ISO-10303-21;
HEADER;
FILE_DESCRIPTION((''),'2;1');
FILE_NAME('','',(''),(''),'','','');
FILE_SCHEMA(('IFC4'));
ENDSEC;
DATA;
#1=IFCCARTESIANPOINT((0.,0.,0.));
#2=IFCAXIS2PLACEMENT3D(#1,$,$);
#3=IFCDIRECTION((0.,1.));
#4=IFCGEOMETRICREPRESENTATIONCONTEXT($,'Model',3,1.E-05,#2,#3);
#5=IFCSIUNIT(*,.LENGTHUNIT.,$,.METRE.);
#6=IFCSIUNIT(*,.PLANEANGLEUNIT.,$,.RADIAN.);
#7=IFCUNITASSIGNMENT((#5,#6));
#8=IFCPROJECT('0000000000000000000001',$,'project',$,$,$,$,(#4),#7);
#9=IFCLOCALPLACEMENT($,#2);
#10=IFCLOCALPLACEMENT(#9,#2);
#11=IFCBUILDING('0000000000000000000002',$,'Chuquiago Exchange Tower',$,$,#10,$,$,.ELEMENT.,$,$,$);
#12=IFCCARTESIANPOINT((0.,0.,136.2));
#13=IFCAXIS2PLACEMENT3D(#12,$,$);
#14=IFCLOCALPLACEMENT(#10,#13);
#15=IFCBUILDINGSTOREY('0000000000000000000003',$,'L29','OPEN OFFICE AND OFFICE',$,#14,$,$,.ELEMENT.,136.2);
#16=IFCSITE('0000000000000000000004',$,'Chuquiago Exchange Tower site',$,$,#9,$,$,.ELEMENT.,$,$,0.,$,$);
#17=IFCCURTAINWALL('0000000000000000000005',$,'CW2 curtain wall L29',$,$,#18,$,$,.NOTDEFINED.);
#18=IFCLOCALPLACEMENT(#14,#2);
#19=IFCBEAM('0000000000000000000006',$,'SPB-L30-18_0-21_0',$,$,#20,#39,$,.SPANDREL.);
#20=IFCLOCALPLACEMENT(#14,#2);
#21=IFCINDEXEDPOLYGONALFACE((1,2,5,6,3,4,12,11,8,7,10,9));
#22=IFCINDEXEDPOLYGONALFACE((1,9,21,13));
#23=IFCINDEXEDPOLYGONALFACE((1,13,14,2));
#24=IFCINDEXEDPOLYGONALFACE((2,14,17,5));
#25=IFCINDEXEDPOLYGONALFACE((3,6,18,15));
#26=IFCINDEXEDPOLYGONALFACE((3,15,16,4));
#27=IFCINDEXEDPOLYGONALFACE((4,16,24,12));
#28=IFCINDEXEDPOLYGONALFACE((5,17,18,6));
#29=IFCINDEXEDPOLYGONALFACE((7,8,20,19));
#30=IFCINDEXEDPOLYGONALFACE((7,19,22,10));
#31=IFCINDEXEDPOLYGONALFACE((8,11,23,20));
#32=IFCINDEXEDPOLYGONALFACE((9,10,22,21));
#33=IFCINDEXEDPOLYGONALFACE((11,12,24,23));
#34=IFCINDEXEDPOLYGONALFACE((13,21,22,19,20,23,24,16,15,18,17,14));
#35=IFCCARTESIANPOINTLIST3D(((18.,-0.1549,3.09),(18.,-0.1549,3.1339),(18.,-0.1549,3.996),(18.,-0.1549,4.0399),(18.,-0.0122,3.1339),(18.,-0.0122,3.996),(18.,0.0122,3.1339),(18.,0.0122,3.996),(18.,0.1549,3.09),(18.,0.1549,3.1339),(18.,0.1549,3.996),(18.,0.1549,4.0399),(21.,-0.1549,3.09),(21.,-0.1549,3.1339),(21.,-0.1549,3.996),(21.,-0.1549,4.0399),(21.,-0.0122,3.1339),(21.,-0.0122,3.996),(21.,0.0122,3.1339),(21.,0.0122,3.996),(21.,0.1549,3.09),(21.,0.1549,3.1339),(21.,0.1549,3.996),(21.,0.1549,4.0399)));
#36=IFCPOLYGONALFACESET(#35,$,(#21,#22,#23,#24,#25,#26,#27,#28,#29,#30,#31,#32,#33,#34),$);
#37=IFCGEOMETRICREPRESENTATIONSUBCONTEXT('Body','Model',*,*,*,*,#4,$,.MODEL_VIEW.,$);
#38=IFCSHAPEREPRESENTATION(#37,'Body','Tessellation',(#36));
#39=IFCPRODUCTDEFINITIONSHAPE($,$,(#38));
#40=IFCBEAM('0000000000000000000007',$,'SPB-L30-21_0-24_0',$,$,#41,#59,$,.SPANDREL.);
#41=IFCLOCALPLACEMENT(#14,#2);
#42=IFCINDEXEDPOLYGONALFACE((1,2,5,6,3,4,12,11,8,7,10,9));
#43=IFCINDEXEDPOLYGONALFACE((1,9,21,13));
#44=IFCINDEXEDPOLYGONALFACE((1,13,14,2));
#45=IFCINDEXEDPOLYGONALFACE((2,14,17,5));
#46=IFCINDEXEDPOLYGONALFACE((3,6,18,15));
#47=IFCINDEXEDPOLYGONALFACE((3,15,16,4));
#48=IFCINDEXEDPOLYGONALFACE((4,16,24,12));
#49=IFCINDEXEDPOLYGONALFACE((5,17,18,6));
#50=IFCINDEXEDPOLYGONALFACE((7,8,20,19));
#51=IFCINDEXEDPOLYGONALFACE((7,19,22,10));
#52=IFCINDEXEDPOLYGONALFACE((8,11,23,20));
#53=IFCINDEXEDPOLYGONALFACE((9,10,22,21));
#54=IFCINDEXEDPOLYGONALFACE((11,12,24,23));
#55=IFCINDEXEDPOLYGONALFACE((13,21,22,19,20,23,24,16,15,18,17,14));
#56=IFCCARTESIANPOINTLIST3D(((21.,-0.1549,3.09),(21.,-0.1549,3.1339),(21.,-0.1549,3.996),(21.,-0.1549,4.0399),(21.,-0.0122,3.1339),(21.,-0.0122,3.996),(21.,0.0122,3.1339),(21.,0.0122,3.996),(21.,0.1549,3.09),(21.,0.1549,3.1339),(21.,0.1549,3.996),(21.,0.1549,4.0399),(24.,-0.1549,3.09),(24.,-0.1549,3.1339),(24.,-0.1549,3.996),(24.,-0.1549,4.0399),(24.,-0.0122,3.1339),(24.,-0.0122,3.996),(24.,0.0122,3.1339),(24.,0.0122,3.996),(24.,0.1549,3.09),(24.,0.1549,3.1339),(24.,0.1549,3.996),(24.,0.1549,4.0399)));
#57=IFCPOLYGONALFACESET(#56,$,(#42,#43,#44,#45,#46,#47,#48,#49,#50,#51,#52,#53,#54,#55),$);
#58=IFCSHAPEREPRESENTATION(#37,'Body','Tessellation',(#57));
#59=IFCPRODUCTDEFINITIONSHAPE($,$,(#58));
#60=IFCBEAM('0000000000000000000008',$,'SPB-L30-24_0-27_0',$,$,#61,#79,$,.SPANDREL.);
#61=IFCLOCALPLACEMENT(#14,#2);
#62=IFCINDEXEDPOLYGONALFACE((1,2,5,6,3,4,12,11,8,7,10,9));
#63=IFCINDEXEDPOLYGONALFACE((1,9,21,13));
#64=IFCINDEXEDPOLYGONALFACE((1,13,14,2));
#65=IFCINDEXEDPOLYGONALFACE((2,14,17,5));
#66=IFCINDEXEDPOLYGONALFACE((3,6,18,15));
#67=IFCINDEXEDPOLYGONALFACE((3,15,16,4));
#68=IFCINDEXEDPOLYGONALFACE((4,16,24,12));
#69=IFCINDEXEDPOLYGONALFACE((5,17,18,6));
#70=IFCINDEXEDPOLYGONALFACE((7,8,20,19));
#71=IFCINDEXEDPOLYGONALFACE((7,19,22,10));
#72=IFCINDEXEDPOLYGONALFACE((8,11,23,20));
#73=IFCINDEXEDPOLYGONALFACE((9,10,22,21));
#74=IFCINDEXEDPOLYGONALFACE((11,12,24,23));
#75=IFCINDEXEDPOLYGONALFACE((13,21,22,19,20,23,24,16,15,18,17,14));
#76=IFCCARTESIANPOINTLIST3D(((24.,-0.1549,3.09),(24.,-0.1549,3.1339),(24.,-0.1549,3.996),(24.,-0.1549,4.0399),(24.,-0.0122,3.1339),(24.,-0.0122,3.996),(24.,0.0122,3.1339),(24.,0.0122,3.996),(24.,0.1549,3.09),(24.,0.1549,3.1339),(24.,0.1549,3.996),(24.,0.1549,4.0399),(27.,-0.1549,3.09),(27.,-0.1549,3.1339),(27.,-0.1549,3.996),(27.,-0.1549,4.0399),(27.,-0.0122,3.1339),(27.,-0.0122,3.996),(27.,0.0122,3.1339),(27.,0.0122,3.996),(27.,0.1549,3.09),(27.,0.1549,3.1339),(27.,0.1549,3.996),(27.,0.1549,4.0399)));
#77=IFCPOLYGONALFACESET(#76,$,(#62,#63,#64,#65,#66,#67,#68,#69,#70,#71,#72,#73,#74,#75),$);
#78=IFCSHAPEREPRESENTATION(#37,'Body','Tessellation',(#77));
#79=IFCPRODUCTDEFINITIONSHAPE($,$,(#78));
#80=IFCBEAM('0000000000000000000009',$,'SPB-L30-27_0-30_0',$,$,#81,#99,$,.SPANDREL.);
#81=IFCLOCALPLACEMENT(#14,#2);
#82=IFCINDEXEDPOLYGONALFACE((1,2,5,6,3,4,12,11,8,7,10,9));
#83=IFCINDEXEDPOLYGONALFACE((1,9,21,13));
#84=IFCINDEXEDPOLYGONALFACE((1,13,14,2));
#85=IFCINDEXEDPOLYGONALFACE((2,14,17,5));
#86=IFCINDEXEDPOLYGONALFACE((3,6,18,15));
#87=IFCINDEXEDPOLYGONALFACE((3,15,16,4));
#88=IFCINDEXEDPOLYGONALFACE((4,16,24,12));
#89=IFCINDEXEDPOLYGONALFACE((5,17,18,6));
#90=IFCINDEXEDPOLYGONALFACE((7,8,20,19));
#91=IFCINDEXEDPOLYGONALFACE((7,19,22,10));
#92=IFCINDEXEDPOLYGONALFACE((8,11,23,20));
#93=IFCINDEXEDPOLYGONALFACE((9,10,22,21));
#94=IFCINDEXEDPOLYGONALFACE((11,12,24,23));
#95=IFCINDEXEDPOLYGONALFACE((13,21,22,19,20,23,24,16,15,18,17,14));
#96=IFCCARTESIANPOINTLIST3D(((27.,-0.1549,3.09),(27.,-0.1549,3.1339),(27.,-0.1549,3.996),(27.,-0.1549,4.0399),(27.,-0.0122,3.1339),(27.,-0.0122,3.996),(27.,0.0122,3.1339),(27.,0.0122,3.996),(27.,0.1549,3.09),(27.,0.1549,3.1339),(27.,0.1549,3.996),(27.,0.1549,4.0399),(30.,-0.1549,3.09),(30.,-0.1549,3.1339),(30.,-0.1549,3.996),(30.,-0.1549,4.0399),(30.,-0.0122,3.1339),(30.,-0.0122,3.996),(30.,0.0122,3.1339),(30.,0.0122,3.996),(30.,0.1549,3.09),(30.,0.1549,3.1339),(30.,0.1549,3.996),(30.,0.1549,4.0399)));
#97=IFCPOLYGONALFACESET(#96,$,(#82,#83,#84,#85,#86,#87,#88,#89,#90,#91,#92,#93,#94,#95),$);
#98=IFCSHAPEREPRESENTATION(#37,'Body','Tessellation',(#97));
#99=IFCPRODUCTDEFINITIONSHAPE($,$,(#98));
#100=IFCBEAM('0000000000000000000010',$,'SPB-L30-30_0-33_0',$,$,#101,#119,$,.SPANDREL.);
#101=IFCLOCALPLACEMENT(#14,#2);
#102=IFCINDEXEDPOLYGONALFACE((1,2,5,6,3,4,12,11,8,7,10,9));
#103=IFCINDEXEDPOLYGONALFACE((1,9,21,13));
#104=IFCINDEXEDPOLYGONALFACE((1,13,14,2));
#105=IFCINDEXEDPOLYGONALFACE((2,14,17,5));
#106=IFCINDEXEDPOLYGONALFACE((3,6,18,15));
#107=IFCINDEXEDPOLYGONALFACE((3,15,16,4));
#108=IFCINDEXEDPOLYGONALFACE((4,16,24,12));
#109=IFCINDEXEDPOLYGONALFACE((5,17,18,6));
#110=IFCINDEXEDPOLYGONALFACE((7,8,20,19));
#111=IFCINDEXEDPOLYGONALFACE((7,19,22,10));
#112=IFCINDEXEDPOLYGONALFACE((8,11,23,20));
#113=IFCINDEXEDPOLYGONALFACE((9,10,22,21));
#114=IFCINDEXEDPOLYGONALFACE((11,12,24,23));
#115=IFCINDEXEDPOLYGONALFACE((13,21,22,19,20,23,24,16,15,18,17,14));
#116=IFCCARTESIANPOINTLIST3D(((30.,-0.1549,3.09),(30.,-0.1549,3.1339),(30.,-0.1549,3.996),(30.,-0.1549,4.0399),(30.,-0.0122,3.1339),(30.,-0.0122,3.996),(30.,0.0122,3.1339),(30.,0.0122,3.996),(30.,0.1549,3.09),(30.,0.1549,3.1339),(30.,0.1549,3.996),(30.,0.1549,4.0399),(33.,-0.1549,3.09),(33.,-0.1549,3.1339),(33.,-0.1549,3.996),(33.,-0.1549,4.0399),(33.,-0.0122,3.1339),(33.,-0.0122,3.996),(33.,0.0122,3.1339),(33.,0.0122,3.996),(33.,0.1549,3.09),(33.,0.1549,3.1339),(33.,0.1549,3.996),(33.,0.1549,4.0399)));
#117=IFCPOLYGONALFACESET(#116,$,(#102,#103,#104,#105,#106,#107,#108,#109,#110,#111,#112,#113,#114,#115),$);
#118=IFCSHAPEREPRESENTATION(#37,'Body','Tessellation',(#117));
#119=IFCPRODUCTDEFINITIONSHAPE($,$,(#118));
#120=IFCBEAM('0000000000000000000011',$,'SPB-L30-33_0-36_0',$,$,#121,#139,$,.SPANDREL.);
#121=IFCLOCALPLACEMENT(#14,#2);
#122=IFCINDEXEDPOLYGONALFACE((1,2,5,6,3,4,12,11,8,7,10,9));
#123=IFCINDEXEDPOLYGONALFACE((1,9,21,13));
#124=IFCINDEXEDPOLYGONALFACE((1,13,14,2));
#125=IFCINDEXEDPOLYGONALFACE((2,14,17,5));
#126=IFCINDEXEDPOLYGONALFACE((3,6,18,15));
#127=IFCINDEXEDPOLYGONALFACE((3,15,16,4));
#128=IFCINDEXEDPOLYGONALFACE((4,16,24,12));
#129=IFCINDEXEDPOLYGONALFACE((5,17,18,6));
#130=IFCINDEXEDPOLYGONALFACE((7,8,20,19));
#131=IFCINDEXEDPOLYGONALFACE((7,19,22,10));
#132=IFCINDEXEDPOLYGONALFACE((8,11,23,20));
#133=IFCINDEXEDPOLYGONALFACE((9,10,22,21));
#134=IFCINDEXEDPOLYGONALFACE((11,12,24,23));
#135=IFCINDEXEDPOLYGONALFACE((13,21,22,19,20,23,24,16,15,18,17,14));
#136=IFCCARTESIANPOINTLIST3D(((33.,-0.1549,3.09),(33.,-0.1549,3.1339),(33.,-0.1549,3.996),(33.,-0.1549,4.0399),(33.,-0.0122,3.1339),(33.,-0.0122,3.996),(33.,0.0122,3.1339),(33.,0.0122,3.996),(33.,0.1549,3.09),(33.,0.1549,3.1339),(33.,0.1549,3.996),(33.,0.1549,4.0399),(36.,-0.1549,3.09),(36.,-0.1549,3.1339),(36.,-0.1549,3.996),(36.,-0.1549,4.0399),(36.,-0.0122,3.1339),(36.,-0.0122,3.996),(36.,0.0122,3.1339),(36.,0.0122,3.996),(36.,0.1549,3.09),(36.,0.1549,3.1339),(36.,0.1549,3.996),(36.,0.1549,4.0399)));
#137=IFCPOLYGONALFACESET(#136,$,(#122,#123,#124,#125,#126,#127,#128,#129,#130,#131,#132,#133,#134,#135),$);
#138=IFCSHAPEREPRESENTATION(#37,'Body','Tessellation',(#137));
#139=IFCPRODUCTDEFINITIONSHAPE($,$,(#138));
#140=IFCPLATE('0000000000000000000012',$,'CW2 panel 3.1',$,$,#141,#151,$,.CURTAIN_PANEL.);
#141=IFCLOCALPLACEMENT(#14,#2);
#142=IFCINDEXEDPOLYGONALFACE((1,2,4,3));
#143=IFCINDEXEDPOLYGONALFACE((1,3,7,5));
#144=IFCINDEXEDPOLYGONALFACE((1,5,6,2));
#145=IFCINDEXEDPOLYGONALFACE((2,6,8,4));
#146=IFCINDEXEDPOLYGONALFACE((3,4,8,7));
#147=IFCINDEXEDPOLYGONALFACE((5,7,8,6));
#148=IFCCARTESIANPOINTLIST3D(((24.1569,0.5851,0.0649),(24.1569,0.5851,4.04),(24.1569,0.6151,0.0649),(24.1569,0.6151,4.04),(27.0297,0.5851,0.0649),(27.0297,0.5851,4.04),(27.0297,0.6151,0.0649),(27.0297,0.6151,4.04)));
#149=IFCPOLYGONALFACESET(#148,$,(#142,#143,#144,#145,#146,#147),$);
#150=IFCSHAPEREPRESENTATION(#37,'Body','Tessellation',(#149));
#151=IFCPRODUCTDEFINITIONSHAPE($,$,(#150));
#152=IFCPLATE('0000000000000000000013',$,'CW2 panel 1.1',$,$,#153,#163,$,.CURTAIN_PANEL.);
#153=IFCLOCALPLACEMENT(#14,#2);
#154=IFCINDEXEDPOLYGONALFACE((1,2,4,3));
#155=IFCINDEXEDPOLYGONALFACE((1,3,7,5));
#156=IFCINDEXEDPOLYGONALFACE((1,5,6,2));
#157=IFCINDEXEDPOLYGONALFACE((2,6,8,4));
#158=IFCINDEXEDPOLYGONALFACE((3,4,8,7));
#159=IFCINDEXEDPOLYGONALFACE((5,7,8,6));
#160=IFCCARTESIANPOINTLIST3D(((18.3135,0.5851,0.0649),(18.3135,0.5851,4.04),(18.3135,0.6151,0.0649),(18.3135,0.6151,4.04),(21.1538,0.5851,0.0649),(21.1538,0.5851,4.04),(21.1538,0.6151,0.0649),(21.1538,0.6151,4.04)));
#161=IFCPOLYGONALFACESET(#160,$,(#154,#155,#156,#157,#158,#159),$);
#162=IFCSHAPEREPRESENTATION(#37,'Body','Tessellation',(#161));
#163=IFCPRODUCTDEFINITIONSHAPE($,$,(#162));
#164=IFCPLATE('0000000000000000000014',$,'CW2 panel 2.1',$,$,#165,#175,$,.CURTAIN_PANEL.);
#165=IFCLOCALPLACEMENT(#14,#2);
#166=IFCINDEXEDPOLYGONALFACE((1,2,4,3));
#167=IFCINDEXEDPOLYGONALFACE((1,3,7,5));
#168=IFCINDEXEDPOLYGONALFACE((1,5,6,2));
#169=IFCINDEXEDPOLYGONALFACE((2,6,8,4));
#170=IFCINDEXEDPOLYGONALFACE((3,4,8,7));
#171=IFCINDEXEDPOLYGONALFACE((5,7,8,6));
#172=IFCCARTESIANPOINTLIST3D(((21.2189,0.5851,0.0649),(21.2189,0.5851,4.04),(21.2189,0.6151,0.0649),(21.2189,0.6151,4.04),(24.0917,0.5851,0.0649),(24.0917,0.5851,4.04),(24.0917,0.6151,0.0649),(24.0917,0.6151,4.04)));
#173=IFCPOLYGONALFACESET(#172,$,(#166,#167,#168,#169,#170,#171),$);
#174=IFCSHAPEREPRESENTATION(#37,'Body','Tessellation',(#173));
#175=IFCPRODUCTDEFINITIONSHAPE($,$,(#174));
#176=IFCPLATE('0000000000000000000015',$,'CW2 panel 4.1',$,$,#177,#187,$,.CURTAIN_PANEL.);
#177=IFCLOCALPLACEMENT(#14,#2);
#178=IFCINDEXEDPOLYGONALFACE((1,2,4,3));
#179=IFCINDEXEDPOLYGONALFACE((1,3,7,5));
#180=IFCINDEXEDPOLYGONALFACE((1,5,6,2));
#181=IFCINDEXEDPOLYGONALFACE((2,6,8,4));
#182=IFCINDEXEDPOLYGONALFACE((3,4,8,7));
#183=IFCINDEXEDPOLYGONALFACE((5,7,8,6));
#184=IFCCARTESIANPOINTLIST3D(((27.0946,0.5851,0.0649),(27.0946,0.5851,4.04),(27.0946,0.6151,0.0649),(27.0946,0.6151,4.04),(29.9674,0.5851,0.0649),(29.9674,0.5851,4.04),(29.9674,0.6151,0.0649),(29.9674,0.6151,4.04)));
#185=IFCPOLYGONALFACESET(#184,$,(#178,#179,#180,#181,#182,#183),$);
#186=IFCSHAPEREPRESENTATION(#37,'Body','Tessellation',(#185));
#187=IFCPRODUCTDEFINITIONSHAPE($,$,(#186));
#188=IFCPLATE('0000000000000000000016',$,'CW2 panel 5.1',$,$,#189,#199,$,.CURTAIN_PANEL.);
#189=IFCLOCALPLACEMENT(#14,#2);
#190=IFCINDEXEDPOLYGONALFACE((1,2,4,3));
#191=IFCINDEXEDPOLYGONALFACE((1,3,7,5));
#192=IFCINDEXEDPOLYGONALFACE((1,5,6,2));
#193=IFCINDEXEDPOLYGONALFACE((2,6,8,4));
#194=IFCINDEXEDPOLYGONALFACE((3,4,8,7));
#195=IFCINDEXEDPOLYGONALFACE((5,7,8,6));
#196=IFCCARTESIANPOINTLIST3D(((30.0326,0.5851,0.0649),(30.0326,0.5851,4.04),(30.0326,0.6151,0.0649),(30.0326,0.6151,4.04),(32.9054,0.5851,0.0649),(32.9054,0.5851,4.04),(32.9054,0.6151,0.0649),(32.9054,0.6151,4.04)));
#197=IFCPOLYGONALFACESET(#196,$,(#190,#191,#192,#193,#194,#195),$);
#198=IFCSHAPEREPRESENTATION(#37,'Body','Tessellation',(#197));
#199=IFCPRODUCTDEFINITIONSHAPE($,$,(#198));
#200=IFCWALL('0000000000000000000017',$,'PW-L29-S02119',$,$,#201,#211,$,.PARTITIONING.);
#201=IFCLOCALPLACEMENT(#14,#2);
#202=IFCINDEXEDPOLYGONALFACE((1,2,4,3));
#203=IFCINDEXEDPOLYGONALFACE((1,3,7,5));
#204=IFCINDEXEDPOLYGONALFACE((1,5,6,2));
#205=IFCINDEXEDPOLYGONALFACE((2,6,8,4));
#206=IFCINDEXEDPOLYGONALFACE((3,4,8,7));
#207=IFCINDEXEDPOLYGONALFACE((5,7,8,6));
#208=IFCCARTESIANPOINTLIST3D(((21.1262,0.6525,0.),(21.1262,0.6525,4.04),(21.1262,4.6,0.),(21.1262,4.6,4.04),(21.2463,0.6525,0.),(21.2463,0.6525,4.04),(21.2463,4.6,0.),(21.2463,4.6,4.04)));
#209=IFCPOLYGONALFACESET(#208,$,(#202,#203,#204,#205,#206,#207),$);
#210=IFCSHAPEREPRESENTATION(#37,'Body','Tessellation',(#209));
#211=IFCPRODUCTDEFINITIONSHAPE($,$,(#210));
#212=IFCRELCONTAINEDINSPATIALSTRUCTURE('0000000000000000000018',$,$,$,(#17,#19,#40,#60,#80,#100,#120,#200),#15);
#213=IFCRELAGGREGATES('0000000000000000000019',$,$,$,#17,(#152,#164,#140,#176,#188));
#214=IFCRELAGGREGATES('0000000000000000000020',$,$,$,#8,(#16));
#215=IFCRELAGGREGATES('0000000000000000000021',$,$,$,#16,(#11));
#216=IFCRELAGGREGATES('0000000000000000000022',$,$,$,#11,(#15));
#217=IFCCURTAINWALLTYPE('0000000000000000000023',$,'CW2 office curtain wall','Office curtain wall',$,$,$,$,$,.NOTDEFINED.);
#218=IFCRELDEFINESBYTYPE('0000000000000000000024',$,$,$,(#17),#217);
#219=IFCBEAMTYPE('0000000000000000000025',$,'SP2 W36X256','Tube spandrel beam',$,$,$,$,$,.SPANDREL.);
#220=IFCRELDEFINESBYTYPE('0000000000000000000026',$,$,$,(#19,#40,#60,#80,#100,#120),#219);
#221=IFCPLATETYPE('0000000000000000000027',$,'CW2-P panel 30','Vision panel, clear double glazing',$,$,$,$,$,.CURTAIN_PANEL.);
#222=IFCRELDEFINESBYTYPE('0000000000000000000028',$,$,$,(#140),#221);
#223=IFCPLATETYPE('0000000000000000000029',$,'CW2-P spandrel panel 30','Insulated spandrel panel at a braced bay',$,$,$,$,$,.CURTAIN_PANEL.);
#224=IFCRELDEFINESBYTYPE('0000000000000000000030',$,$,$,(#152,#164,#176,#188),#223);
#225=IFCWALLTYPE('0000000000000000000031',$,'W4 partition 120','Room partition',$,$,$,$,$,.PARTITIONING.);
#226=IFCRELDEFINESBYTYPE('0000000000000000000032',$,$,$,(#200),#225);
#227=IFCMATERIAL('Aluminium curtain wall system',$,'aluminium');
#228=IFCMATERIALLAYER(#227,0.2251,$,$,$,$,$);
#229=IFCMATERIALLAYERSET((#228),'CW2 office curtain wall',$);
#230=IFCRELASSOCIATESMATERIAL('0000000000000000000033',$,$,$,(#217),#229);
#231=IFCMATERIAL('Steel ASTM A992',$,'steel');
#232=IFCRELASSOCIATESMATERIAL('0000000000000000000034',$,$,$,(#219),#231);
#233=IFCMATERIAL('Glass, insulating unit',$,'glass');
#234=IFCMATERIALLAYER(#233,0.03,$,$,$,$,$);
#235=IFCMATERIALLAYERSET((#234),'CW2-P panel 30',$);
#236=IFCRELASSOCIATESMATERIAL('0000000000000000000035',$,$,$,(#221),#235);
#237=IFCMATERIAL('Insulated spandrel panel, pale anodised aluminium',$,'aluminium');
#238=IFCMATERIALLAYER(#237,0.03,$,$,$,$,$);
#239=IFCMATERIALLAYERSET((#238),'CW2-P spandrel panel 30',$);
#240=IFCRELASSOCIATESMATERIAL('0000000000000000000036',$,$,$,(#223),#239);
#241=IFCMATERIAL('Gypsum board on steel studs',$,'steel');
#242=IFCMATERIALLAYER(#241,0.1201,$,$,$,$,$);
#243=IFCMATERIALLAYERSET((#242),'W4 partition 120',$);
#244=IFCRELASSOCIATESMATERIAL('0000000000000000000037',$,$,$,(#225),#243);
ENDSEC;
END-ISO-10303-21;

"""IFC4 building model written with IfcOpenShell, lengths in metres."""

from ifc_helpers import new_model, si_unit, direction, frame, frame_2d, origin, origin_2d, place, context, subcontext, project, spatial, rectangle, i_section, extrude, material, layer, layer_set, material_profile, profile_set, type_object, element, aggregate, save


model = new_model("IFC4")

# Units and contexts
model_context = context("Model", 3, precision=1e-05, world=origin(), true_north=direction((0.0, 1.0)))
body_context = subcontext(model_context, "Body", "Model", "MODEL_VIEW")
ifc_project = project(units=[si_unit("LENGTHUNIT", "METRE"), si_unit("PLANEANGLEUNIT", "RADIAN")], contexts=[model_context])

# Site, building, storey
site_placement = place(None, origin())
site = spatial("IfcSite", under=ifc_project, at=site_placement, Name="Chuquiago Exchange Tower site", CompositionType="ELEMENT", RefElevation=0.0)
building_placement = place(site_placement, origin())
building = spatial("IfcBuilding", under=site, at=building_placement, Name="Chuquiago Exchange Tower", CompositionType="ELEMENT")
storey_placement = place(building_placement, frame((0.0, 0.0, 136.2)))
storey = spatial("IfcBuildingStorey", under=building, at=storey_placement, Name="L29", Description="OPEN OFFICE AND OFFICE", CompositionType="ELEMENT", Elevation=136.2)

# Curtain wall
ifc_material_1 = material(Name="Aluminium curtain wall system", Category="aluminium")
ifc_layer_1 = layer(ifc_material_1, 0.2251)
ifc_layer_set_1 = layer_set([ifc_layer_1], Name="CW2 office curtain wall")
curtain_wall_type_1 = type_object("IfcCurtainWallType", Name="CW2 office curtain wall", Description="Office curtain wall", PredefinedType="NOTDEFINED", material=ifc_layer_set_1)
curtain_wall_1_placement = place(storey_placement, origin())
curtain_wall_1 = element("IfcCurtainWall", 1, at=curtain_wall_1_placement, inside=storey, type_object=curtain_wall_type_1, Name="CW2 curtain wall L29", PredefinedType="NOTDEFINED")

# Beams
ifc_material_2 = material(Name="Steel ASTM A992", Category="steel")
ifc_material_profile_1 = material_profile(ifc_material_2, i_section(OverallWidth=0.3098, OverallDepth=0.95, WebThickness=0.0244, FlangeThickness=0.0439, at=origin_2d()), Name="W36X256")
ifc_profile_set_1 = profile_set([ifc_material_profile_1], Name="Steel ASTM A992")
beam_type = type_object("IfcBeamType", Name="SP2 W36X256", Description="Tube spandrel beam", PredefinedType="SPANDREL", material=ifc_profile_set_1)
for number, where, z_axis, x_axis, name in (
    (2, (18.0, 0.0, 3.5649), (1.0, 0.0, 0.0), (0.0, 1.0, 0.0), "SPB-L30-18_0-21_0"),
    (3, (21.0, 0.0, 3.5649), (1.0, 0.0, 0.0), (0.0, 1.0, 0.0), "SPB-L30-21_0-24_0"),
    (4, (24.0, 0.0, 3.5649), (1.0, 0.0, 0.0), (0.0, 1.0, 0.0), "SPB-L30-24_0-27_0"),
    (5, (27.0, 0.0, 3.5649), (1.0, 0.0, 0.0), (0.0, 1.0, 0.0), "SPB-L30-27_0-30_0"),
    (6, (30.0, 0.0, 3.5649), (1.0, 0.0, 0.0), (0.0, 1.0, 0.0), "SPB-L30-30_0-33_0"),
    (7, (33.0, 0.0, 3.5649), (1.0, 0.0, 0.0), (0.0, 1.0, 0.0), "SPB-L30-33_0-36_0"),
):
    element("IfcBeam", number, at=place(storey_placement, frame(where, z_axis=z_axis, x_axis=x_axis)), inside=storey, type_object=beam_type, Name=name, PredefinedType="SPANDREL", context=body_context, shape_type="SweptSolid", body=[
        extrude(i_section(OverallWidth=0.3098, OverallDepth=0.95, WebThickness=0.0244, FlangeThickness=0.0439, at=origin_2d()), origin(), (0.0, 0.0, 1.0), 3.0),
    ])

# Plates
ifc_material_3 = material(Name="Glass, insulating unit", Category="glass")
ifc_layer_2 = layer(ifc_material_3, 0.03)
ifc_layer_set_2 = layer_set([ifc_layer_2], Name="CW2-P panel 30")
plate_type_1 = type_object("IfcPlateType", Name="CW2-P panel 30", Description="Vision panel, clear double glazing", PredefinedType="CURTAIN_PANEL", material=ifc_layer_set_2)
plate_1_placement = place(storey_placement, frame((25.5933, 0.6001, 0.0649), z_axis=(0.0, 0.0, 1.0), x_axis=(1.0, 0.0, 0.0)))
plate_1 = element("IfcPlate", 8, at=plate_1_placement, type_object=plate_type_1, Name="CW2 panel 3.1", PredefinedType="CURTAIN_PANEL", context=body_context, shape_type="SweptSolid", body=[
    extrude(rectangle(XDim=2.8728, YDim=0.03, at=origin_2d()), origin(), (0.0, 0.0, 1.0), 3.9751),
])
ifc_material_4 = material(Name="Insulated spandrel panel, pale anodised aluminium", Category="aluminium")
ifc_layer_3 = layer(ifc_material_4, 0.03)
ifc_layer_set_3 = layer_set([ifc_layer_3], Name="CW2-P spandrel panel 30")
plate_type_2 = type_object("IfcPlateType", Name="CW2-P spandrel panel 30", Description="Insulated spandrel panel at a braced bay", PredefinedType="CURTAIN_PANEL", material=ifc_layer_set_3)
plate_2_placement = place(storey_placement, frame((19.7336, 0.6001, 0.0649), z_axis=(0.0, 0.0, 1.0), x_axis=(1.0, 0.0, 0.0)))
plate_2 = element("IfcPlate", 9, at=plate_2_placement, type_object=plate_type_2, Name="CW2 panel 1.1", PredefinedType="CURTAIN_PANEL", context=body_context, shape_type="SweptSolid", body=[
    extrude(rectangle(XDim=2.8403, YDim=0.03, at=origin_2d()), origin(), (0.0, 0.0, 1.0), 3.9751),
])
plate_3_placement = place(storey_placement, frame((22.6553, 0.6001, 0.0649), z_axis=(0.0, 0.0, 1.0), x_axis=(1.0, 0.0, 0.0)))
plate_3 = element("IfcPlate", 10, at=plate_3_placement, type_object=plate_type_2, Name="CW2 panel 2.1", PredefinedType="CURTAIN_PANEL", context=body_context, shape_type="SweptSolid", body=[
    extrude(rectangle(XDim=2.8728, YDim=0.03, at=origin_2d()), origin(), (0.0, 0.0, 1.0), 3.9751),
])
plate_4_placement = place(storey_placement, frame((28.531, 0.6001, 0.0649), z_axis=(0.0, 0.0, 1.0), x_axis=(1.0, 0.0, 0.0)))
plate_4 = element("IfcPlate", 11, at=plate_4_placement, type_object=plate_type_2, Name="CW2 panel 4.1", PredefinedType="CURTAIN_PANEL", context=body_context, shape_type="SweptSolid", body=[
    extrude(rectangle(XDim=2.8728, YDim=0.03, at=origin_2d()), origin(), (0.0, 0.0, 1.0), 3.9751),
])
plate_5_placement = place(storey_placement, frame((31.469, 0.6001, 0.0649), z_axis=(0.0, 0.0, 1.0), x_axis=(1.0, 0.0, 0.0)))
plate_5 = element("IfcPlate", 12, at=plate_5_placement, type_object=plate_type_2, Name="CW2 panel 5.1", PredefinedType="CURTAIN_PANEL", context=body_context, shape_type="SweptSolid", body=[
    extrude(rectangle(XDim=2.8728, YDim=0.03, at=origin_2d()), origin(), (0.0, 0.0, 1.0), 3.9751),
])
aggregate(curtain_wall_1, [plate_2, plate_3, plate_1, plate_4, plate_5])

# Wall
ifc_material_5 = material(Name="Gypsum board on steel studs", Category="steel")
ifc_layer_4 = layer(ifc_material_5, 0.1201)
ifc_layer_set_4 = layer_set([ifc_layer_4], Name="W4 partition 120")
wall_type = type_object("IfcWallType", Name="W4 partition 120", Description="Room partition", PredefinedType="PARTITIONING", material=ifc_layer_set_4)
wall_placement = place(storey_placement, frame((21.1863, 0.6526, 0.0), z_axis=(0.0, 0.0, 1.0), x_axis=(0.0, 1.0, 0.0)))
element("IfcWall", 13, at=wall_placement, inside=storey, type_object=wall_type, Name="PW-L29-S02119", PredefinedType="PARTITIONING", context=body_context, shape_type="SweptSolid", body=[
    extrude(rectangle(XDim=3.9475, YDim=0.1201, at=frame_2d((1.9736, 0.0))), origin(), (0.0, 0.0, 1.0), 4.04),
])

save(model, "model.ifc")
